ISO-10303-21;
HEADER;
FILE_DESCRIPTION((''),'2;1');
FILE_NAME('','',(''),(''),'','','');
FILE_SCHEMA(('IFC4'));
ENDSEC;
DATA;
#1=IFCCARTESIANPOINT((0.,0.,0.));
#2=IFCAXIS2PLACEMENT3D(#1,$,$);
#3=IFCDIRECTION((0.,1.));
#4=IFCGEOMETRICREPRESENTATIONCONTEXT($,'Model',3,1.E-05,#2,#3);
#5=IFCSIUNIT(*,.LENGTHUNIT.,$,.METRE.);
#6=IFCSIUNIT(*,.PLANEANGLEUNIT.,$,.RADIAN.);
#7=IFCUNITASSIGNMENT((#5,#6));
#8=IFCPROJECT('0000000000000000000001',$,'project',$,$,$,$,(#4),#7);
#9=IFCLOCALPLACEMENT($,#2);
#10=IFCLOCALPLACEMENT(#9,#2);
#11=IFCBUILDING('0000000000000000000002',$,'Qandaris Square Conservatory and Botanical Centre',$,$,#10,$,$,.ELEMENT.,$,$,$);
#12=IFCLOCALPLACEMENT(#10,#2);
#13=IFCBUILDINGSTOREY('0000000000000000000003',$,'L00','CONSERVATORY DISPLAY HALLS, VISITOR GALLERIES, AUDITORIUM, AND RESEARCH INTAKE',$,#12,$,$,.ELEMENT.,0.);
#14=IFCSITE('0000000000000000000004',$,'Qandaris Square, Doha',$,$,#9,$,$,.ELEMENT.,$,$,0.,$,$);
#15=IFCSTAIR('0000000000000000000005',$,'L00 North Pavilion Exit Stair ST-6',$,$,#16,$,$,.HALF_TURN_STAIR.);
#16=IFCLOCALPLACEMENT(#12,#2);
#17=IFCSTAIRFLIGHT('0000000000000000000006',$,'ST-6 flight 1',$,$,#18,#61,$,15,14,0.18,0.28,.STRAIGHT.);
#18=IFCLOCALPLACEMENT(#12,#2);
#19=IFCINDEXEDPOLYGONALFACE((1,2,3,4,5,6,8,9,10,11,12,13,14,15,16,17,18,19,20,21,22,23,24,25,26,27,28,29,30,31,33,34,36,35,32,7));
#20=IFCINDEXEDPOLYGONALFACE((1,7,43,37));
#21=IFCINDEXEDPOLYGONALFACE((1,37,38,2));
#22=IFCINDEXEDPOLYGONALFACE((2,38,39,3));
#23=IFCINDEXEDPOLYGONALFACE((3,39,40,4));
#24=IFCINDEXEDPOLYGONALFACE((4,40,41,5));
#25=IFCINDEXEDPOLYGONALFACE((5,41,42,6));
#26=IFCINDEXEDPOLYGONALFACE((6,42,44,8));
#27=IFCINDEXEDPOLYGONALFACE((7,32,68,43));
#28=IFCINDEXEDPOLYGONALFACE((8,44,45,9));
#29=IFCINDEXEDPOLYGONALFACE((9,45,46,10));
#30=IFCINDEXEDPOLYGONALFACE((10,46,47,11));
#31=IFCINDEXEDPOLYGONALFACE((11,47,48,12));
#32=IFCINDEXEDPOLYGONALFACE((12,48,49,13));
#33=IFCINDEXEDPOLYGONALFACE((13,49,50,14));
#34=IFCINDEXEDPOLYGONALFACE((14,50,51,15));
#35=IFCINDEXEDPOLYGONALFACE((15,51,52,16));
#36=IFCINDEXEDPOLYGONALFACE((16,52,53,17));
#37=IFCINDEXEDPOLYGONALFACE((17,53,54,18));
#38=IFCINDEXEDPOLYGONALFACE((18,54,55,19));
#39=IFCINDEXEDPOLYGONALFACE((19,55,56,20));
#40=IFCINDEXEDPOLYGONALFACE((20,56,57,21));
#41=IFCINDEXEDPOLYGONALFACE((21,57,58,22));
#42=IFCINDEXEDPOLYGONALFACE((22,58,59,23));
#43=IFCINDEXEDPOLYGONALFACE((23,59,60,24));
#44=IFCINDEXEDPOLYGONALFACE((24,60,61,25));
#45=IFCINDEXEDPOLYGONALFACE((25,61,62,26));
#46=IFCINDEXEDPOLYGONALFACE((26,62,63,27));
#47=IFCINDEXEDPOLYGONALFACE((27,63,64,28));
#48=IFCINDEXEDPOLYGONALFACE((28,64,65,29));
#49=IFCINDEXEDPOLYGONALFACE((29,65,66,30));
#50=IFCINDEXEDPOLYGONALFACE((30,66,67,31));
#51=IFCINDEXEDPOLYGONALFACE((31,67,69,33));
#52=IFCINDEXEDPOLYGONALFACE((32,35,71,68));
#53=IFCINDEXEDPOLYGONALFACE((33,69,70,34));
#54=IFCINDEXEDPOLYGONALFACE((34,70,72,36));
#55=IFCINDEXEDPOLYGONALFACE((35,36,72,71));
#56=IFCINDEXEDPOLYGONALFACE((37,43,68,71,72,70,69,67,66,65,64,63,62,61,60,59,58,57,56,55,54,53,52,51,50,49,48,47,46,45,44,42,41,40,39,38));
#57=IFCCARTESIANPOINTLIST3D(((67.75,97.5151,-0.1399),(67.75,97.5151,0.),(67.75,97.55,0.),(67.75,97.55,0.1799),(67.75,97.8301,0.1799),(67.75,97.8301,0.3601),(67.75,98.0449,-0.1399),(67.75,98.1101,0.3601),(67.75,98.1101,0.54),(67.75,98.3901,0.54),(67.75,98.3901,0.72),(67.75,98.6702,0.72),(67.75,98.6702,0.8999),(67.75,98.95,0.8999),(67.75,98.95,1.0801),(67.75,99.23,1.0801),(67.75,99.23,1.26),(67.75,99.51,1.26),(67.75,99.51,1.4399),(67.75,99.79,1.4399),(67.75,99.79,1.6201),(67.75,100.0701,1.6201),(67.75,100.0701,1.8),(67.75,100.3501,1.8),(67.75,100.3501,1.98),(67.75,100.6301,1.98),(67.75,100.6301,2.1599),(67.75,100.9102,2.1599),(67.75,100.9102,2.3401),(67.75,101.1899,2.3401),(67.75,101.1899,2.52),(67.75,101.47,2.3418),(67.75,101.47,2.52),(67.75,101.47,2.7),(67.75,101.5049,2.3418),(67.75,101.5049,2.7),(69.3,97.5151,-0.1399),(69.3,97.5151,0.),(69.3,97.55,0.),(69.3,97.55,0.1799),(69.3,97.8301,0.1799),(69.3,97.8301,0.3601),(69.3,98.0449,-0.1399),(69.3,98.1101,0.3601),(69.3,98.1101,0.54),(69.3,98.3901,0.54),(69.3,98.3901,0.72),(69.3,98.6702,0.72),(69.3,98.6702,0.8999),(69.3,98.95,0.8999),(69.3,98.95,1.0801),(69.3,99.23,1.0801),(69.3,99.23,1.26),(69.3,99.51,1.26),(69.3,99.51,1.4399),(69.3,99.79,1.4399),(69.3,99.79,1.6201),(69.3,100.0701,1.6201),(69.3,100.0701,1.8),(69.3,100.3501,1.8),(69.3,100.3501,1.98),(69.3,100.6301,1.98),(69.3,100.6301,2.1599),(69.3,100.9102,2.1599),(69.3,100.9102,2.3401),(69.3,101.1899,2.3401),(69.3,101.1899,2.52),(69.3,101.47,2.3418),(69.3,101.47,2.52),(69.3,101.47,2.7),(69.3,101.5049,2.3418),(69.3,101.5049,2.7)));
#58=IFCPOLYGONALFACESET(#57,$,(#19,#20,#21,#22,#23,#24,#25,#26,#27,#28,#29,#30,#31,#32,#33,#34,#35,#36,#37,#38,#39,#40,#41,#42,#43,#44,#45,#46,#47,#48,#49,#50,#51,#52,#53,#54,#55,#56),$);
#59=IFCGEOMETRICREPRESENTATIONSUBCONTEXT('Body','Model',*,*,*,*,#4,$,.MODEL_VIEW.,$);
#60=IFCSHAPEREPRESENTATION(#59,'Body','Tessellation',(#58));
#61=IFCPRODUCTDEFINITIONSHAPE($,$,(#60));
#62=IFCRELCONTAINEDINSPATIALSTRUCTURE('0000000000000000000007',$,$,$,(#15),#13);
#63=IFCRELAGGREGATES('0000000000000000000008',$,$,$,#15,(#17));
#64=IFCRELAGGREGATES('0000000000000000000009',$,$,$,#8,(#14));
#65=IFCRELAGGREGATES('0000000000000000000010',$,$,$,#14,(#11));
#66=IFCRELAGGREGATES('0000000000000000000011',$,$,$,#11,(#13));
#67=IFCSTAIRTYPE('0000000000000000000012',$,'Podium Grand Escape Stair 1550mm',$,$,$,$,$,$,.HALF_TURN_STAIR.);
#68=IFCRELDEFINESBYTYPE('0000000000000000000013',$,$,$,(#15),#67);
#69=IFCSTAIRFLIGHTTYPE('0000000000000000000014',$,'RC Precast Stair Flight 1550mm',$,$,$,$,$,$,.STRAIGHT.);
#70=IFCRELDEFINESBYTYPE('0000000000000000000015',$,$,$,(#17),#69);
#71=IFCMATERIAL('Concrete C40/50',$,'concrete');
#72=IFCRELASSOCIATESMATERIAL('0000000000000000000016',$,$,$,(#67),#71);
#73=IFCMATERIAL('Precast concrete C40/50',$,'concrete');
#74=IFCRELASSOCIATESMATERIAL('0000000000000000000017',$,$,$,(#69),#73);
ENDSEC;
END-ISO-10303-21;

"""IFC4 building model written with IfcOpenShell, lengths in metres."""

from ifc_helpers import new_model, si_unit, direction, frame, origin, place, context, subcontext, project, spatial, polyline, outline, extrude, material, type_object, element, aggregate, save


model = new_model("IFC4")

# Units and contexts
model_context = context("Model", 3, precision=1e-05, world=origin(), true_north=direction((0.0, 1.0)))
body_context = subcontext(model_context, "Body", "Model", "MODEL_VIEW")
ifc_project = project(units=[si_unit("LENGTHUNIT", "METRE"), si_unit("PLANEANGLEUNIT", "RADIAN")], contexts=[model_context])

# Site, building, storey
site_placement = place(None, origin())
site = spatial("IfcSite", under=ifc_project, at=site_placement, Name="Qandaris Square, Doha", CompositionType="ELEMENT", RefElevation=0.0)
building_placement = place(site_placement, origin())
building = spatial("IfcBuilding", under=site, at=building_placement, Name="Qandaris Square Conservatory and Botanical Centre", CompositionType="ELEMENT")
storey_placement = place(building_placement, origin())
storey = spatial("IfcBuildingStorey", under=building, at=storey_placement, Name="L00", Description="CONSERVATORY DISPLAY HALLS, VISITOR GALLERIES, AUDITORIUM, AND RESEARCH INTAKE", CompositionType="ELEMENT", Elevation=0.0)

# Shared definitions
ifc_material_1 = material(Name="Concrete C40/50", Category="concrete")

# Stair, stair flight
stair_type = type_object("IfcStairType", Name="Podium Grand Escape Stair 1550mm", PredefinedType="HALF_TURN_STAIR", material=ifc_material_1)
stair_placement = place(storey_placement, origin())
stair = element("IfcStair", 1, at=stair_placement, inside=storey, type_object=stair_type, Name="L00 North Pavilion Exit Stair ST-6", PredefinedType="HALF_TURN_STAIR")
ifc_material_2 = material(Name="Precast concrete C40/50", Category="concrete")
stair_flight_type = type_object("IfcStairFlightType", Name="RC Precast Stair Flight 1550mm", PredefinedType="STRAIGHT", material=ifc_material_2)
stair_flight_placement = place(storey_placement, frame((68.5249, 97.55, 0.0), z_axis=(0.0, 0.0, 1.0), x_axis=(0.0, 1.0, 0.0)))
stair_flight = element("IfcStairFlight", 2, at=stair_flight_placement, type_object=stair_flight_type, Name="ST-6 flight 1", NumberOfRisers=15, NumberOfTreads=14, PredefinedType="STRAIGHT", RiserHeight=0.18, TreadLength=0.28, context=body_context, shape_type="SweptSolid", body=[
    extrude(outline(polyline([(-0.0349, 0.0), (0.0, 0.0), (0.0, 0.1799), (0.28, 0.1799), (0.28, 0.3601), (0.5601, 0.3601), (0.5601, 0.54), (0.8401, 0.54), (0.8401, 0.72), (1.1201, 0.72), (1.1201, 0.8999), (1.3999, 0.8999), (1.3999, 1.0801), (1.6799, 1.0801), (1.6799, 1.26), (1.96, 1.26), (1.96, 1.4399), (2.24, 1.4399), (2.24, 1.6201), (2.52, 1.6201), (2.52, 1.8), (2.8, 1.8), (2.8, 1.98), (3.0801, 1.98), (3.0801, 2.1599), (3.3601, 2.1599), (3.3601, 2.3401), (3.6399, 2.3401), (3.6399, 2.52), (3.9199, 2.52), (3.9199, 2.7), (3.9548, 2.7), (3.9548, 2.3418), (3.9199, 2.3418), (0.4949, -0.1399), (-0.0349, -0.1399), (-0.0349, 0.0)])), frame((0.0, 0.7749, 0.0), z_axis=(0.0, -1.0, 0.0), x_axis=(1.0, 0.0, 0.0)), (0.0, 0.0, 1.0), 1.55),
])
aggregate(stair, [stair_flight])

save(model, "model.ifc")
